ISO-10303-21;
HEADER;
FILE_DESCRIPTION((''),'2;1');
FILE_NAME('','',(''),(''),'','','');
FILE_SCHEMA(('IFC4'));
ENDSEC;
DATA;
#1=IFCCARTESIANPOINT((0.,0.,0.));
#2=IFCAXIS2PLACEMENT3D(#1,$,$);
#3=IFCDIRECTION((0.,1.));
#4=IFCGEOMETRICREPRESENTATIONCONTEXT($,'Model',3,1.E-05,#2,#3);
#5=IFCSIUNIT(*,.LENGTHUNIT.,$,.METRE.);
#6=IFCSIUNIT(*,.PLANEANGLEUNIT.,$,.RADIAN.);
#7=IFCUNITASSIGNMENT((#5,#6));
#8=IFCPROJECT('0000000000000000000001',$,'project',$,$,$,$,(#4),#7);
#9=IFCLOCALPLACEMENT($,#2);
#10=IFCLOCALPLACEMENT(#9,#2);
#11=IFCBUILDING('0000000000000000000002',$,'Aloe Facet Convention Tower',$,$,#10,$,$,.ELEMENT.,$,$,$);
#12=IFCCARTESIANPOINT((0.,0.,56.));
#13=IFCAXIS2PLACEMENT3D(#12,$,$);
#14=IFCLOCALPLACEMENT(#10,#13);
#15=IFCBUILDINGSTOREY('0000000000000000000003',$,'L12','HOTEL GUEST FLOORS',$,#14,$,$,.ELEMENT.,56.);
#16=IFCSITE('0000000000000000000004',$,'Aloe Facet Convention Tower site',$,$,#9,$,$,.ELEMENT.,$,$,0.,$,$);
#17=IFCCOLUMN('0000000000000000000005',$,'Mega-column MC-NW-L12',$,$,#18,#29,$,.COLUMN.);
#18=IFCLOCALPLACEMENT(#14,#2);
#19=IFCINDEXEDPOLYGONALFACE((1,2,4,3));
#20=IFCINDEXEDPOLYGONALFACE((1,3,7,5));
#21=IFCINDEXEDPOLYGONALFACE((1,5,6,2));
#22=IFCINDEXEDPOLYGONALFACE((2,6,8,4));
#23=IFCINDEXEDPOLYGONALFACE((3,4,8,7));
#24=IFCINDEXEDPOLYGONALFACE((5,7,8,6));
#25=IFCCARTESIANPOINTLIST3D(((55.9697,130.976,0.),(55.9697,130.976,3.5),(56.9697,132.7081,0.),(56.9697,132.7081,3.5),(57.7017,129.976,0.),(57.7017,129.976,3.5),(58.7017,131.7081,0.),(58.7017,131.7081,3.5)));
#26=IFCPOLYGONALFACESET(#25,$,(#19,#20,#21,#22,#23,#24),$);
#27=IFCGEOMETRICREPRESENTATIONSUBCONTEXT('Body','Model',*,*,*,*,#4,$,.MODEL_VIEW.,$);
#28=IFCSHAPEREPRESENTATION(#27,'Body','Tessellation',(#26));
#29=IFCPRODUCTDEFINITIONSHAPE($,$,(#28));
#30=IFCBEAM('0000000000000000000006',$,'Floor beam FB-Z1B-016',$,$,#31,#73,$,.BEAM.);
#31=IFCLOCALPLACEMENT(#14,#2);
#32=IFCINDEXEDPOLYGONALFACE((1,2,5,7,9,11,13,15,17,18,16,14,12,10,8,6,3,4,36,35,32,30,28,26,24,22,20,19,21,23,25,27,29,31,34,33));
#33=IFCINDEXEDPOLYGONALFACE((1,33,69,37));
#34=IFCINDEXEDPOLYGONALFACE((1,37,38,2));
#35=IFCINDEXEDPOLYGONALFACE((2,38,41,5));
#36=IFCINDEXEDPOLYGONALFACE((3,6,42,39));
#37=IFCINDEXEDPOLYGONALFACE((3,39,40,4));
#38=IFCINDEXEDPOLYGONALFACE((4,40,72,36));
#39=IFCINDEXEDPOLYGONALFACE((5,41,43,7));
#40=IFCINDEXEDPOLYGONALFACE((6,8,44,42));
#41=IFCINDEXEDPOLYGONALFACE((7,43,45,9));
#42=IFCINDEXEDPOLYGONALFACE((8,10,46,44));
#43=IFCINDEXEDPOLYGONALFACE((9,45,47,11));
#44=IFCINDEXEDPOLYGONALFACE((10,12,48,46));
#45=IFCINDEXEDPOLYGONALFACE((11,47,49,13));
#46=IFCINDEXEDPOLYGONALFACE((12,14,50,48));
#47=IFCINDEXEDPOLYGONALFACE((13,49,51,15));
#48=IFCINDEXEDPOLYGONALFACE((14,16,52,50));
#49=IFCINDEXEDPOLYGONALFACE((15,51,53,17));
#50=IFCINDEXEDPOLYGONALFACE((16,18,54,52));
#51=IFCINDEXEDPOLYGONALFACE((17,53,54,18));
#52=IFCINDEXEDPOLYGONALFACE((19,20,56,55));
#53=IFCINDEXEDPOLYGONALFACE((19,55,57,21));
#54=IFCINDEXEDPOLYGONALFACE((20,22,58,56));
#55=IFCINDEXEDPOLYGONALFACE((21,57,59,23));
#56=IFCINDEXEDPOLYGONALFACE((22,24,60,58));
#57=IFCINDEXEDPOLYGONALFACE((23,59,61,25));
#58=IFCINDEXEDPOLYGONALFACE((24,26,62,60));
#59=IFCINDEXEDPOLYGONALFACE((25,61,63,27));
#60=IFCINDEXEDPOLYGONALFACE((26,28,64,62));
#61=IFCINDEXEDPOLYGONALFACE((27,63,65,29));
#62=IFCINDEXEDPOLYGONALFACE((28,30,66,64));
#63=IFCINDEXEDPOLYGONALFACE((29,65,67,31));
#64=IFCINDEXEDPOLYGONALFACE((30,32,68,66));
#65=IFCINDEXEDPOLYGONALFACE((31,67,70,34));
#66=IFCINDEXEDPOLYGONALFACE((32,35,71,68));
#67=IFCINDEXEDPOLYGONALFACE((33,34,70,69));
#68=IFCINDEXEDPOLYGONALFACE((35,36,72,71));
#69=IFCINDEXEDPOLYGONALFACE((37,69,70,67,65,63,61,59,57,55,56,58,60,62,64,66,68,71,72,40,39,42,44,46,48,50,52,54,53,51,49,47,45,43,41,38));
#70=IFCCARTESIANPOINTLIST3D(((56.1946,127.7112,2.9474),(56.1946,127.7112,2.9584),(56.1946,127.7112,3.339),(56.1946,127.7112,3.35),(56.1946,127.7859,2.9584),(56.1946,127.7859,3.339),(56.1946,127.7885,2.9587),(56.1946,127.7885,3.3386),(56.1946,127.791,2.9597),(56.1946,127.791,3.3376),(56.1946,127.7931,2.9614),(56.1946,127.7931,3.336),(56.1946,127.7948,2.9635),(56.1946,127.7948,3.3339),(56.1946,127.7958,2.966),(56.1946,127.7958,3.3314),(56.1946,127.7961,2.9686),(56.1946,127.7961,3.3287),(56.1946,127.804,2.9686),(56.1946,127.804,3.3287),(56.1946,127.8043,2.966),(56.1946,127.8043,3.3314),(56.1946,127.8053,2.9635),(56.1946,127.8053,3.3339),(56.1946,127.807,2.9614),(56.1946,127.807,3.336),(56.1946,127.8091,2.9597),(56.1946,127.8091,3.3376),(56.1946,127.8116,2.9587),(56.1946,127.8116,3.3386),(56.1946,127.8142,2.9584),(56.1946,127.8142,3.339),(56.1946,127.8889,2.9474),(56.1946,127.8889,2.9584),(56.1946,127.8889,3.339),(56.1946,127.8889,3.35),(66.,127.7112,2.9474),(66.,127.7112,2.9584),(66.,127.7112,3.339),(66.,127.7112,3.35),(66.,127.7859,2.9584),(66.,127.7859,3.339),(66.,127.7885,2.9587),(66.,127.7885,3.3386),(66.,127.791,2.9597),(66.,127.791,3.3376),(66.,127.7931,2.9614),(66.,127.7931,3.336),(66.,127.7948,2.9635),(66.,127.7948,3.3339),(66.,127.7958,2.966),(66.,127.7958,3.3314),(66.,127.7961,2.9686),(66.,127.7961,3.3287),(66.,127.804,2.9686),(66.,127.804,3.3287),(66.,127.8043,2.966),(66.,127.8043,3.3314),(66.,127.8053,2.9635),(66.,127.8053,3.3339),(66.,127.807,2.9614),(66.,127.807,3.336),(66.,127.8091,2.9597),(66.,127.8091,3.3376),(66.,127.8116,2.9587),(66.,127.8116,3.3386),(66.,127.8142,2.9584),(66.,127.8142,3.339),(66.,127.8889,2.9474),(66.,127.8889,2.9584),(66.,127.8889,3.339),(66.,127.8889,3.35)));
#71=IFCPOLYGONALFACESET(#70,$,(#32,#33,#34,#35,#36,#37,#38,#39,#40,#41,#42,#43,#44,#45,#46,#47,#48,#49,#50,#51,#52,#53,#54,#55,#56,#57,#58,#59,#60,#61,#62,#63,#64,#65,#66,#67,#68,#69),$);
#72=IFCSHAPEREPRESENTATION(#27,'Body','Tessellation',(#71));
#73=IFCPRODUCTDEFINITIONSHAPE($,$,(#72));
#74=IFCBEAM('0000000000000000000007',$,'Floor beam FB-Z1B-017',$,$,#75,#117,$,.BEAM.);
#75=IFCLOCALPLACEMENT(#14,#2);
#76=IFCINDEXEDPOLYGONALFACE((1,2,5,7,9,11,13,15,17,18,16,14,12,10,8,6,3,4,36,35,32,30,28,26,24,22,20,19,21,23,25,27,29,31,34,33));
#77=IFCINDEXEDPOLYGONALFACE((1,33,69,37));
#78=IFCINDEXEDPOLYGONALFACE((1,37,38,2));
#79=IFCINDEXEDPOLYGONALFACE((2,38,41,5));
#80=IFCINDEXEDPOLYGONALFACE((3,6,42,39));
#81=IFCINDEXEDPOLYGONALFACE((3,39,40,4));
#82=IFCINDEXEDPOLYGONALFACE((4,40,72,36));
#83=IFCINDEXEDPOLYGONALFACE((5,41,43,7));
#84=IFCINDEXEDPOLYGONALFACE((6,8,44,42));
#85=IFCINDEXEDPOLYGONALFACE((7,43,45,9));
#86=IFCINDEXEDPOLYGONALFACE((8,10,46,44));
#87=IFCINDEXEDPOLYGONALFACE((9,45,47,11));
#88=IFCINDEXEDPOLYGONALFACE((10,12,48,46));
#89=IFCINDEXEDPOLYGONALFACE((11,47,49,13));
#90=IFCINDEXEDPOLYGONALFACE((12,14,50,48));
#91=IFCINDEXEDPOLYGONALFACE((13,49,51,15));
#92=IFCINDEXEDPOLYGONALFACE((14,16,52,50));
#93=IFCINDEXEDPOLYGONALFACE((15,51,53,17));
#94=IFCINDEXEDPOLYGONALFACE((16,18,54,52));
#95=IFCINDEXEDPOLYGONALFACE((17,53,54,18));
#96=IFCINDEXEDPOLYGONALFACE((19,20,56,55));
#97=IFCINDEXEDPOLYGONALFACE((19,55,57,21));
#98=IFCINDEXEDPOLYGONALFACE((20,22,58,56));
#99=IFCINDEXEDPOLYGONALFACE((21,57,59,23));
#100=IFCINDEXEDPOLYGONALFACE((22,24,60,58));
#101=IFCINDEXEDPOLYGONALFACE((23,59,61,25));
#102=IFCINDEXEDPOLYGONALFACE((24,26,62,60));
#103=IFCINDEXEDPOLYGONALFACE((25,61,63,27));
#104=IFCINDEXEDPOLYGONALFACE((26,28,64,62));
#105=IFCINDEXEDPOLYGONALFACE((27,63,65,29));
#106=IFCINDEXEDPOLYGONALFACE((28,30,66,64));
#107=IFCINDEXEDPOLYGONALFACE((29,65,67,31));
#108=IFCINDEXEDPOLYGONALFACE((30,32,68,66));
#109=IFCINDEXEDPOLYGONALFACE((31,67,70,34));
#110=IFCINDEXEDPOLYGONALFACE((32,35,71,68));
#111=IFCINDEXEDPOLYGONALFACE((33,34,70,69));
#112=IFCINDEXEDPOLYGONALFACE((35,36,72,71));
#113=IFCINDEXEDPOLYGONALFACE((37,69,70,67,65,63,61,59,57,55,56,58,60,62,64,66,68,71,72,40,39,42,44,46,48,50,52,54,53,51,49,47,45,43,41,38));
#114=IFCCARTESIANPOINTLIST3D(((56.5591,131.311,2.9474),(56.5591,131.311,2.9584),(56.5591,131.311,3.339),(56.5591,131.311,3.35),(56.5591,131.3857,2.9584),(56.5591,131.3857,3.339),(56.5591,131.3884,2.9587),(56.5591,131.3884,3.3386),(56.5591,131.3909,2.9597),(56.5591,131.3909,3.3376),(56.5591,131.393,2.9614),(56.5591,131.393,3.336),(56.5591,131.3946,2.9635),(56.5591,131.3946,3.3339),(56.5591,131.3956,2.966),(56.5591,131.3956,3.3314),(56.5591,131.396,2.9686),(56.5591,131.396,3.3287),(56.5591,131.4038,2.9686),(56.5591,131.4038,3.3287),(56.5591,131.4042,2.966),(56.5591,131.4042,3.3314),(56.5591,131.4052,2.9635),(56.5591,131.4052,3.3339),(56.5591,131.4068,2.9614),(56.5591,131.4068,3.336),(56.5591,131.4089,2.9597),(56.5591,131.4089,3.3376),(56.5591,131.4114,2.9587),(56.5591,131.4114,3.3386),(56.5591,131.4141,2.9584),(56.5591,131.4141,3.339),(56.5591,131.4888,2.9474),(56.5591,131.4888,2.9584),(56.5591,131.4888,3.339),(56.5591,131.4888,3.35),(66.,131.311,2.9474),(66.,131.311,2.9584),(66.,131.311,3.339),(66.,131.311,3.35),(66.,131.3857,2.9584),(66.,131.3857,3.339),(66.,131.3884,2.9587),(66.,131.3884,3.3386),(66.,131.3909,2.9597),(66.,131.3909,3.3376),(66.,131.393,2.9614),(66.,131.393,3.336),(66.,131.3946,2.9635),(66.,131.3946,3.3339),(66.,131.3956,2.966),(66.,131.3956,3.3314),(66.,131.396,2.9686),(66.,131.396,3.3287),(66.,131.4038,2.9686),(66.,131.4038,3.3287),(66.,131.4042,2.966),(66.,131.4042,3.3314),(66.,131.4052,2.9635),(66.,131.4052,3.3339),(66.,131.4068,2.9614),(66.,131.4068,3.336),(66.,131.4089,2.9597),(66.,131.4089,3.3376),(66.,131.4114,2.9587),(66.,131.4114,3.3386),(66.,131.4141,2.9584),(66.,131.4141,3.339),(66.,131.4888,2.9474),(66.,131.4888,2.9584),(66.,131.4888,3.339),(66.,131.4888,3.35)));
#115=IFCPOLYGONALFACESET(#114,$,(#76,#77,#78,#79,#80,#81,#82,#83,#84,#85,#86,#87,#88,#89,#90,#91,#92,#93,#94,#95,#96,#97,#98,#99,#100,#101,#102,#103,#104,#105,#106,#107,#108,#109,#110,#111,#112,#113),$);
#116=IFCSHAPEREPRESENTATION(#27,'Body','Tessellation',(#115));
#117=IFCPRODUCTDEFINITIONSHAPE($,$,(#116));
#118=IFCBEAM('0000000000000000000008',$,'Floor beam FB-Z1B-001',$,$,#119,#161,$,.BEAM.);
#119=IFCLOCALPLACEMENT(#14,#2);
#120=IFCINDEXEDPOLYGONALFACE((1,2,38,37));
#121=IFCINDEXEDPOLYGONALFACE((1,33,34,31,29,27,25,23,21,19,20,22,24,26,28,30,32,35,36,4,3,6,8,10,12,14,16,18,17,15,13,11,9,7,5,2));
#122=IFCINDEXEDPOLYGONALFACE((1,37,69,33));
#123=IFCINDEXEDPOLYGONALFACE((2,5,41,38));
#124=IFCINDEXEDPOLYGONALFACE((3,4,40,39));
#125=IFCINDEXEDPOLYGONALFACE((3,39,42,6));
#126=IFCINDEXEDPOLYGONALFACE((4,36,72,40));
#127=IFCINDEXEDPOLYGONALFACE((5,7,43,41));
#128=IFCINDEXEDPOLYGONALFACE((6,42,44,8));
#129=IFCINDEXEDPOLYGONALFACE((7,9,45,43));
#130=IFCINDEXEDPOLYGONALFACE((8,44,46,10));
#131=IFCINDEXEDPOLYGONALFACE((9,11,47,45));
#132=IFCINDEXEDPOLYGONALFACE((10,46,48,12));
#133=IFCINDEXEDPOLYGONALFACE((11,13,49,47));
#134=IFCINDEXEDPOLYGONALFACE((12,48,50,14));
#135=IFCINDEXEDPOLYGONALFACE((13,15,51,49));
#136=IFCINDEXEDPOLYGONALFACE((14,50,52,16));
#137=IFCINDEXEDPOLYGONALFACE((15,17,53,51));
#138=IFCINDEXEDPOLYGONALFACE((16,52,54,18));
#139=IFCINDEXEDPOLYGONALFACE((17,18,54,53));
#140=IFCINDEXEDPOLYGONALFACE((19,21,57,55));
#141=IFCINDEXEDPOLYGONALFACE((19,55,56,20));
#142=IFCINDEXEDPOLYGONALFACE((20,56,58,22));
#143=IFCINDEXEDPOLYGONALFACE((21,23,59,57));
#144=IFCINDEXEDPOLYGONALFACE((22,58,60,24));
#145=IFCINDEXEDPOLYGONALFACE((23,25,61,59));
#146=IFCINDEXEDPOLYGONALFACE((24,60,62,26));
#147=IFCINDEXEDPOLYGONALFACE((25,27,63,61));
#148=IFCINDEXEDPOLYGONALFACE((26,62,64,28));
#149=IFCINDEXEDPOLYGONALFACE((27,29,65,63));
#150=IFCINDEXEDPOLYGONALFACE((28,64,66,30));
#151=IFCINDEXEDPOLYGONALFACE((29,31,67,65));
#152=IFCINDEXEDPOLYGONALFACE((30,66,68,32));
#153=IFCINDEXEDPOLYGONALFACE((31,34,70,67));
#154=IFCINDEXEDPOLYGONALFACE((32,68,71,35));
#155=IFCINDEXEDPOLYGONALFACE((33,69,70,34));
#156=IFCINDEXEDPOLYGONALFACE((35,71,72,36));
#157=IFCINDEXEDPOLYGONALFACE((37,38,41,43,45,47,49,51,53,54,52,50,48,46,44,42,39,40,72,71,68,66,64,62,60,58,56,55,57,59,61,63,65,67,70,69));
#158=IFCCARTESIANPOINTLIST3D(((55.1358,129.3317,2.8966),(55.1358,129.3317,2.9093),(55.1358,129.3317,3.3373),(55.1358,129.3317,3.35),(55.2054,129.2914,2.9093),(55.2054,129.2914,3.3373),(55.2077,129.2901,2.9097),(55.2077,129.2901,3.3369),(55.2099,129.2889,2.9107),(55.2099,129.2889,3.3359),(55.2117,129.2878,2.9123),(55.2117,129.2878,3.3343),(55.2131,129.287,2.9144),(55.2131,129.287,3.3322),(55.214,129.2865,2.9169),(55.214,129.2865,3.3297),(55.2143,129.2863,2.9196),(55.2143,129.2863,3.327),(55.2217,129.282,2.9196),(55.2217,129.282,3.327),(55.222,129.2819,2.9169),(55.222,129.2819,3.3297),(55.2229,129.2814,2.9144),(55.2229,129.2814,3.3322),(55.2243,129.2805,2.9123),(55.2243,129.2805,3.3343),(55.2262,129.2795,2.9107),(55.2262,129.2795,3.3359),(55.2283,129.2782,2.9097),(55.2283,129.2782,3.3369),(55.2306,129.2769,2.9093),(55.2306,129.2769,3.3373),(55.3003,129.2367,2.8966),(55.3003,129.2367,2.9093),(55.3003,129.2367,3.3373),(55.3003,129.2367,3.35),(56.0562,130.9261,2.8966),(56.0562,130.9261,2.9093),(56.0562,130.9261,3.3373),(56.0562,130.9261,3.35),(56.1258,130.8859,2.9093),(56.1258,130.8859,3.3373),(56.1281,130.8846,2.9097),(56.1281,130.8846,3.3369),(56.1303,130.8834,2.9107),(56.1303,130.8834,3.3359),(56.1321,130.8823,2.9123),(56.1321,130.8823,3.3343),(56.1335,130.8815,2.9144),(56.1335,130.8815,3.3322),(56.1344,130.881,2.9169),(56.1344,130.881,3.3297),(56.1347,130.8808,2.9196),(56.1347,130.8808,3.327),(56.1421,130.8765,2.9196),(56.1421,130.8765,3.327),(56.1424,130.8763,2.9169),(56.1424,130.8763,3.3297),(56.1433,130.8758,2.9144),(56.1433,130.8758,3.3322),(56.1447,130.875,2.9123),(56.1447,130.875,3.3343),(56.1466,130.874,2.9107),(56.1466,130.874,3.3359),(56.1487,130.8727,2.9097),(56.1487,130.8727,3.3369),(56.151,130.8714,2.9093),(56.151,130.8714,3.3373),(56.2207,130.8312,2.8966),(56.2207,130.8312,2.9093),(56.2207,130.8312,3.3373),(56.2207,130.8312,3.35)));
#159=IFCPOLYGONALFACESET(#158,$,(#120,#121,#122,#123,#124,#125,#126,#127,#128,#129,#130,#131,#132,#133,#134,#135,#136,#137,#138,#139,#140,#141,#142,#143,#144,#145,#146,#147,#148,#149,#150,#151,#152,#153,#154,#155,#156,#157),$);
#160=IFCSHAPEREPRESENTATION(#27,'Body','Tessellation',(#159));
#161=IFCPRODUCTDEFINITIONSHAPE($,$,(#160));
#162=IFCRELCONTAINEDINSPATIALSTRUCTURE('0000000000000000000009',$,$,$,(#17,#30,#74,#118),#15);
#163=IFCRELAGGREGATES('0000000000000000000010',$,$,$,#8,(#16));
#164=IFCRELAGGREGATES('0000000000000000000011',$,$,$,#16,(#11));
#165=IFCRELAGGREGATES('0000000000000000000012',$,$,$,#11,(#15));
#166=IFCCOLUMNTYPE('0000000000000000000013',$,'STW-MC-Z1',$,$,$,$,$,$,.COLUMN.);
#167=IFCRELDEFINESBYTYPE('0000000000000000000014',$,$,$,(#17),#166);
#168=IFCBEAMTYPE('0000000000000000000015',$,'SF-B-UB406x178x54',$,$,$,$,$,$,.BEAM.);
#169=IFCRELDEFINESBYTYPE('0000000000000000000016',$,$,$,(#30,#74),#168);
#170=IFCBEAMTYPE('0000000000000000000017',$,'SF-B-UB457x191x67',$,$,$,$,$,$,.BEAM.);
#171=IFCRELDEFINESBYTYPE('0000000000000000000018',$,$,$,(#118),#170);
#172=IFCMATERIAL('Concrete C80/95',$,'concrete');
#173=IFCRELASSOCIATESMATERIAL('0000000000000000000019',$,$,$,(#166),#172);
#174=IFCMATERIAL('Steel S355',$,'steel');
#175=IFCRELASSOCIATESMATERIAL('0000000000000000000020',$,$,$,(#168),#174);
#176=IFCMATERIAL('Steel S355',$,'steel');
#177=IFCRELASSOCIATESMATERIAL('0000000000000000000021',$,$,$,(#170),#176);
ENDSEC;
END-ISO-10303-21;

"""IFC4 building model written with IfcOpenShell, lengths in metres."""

from ifc_helpers import new_model, si_unit, direction, frame, origin, origin_2d, place, context, subcontext, project, spatial, rectangle, i_section, extrude, material, material_profile, profile_set, type_object, element, save


model = new_model("IFC4")

# Units and contexts
model_context = context("Model", 3, precision=1e-05, world=origin(), true_north=direction((0.0, 1.0)))
body_context = subcontext(model_context, "Body", "Model", "MODEL_VIEW")
ifc_project = project(units=[si_unit("LENGTHUNIT", "METRE"), si_unit("PLANEANGLEUNIT", "RADIAN")], contexts=[model_context])

# Site, building, storey
site_placement = place(None, origin())
site = spatial("IfcSite", under=ifc_project, at=site_placement, Name="Aloe Facet Convention Tower site", CompositionType="ELEMENT", RefElevation=0.0)
building_placement = place(site_placement, origin())
building = spatial("IfcBuilding", under=site, at=building_placement, Name="Aloe Facet Convention Tower", CompositionType="ELEMENT")
storey_placement = place(building_placement, frame((0.0, 0.0, 56.0)))
storey = spatial("IfcBuildingStorey", under=building, at=storey_placement, Name="L12", Description="HOTEL GUEST FLOORS", CompositionType="ELEMENT", Elevation=56.0)

# Column
ifc_material_1 = material(Name="Concrete C80/95", Category="concrete")
ifc_material_profile_1 = material_profile(ifc_material_1, rectangle(XDim=2.0, YDim=2.0, at=origin_2d()), Name="STW-MC-Z1")
ifc_profile_set_1 = profile_set([ifc_material_profile_1], Name="Concrete C80/95")
column_type = type_object("IfcColumnType", Name="STW-MC-Z1", PredefinedType="COLUMN", material=ifc_profile_set_1)
column_placement = place(storey_placement, frame((57.3357, 131.342, 0.0), z_axis=(0.0, 0.0, 1.0), x_axis=(-0.5, -0.866025, 0.0)))
element("IfcColumn", 1, at=column_placement, inside=storey, type_object=column_type, Name="Mega-column MC-NW-L12", PredefinedType="COLUMN", context=body_context, shape_type="SweptSolid", body=[
    extrude(rectangle(XDim=2.0, YDim=2.0, at=origin_2d()), origin(), (0.0, 0.0, 1.0), 3.5),
])

# Beams
ifc_material_2 = material(Name="Steel S355", Category="steel")
ifc_material_profile_2 = material_profile(ifc_material_2, i_section(OverallWidth=0.1777, OverallDepth=0.4026, WebThickness=0.0078, FlangeThickness=0.011, FilletRadius=0.0103, at=origin_2d()), Name="UB 406x178x54")
ifc_profile_set_2 = profile_set([ifc_material_profile_2], Name="Steel S355")
beam_type_1 = type_object("IfcBeamType", Name="SF-B-UB406x178x54", PredefinedType="BEAM", material=ifc_profile_set_2)
beam_1_placement = place(storey_placement, frame((56.1946, 127.8, 3.1487), z_axis=(1.0, 0.0, 0.0), x_axis=(0.0, 1.0, 0.0)))
element("IfcBeam", 2, at=beam_1_placement, inside=storey, type_object=beam_type_1, Name="Floor beam FB-Z1B-016", PredefinedType="BEAM", context=body_context, shape_type="SweptSolid", body=[
    extrude(i_section(OverallWidth=0.1777, OverallDepth=0.4026, WebThickness=0.0078, FlangeThickness=0.011, FilletRadius=0.0103, at=origin_2d()), origin(), (0.0, 0.0, 1.0), 9.8054),
])
beam_2_placement = place(storey_placement, frame((56.5591, 131.3999, 3.1487), z_axis=(1.0, 0.0, 0.0), x_axis=(0.0, 1.0, 0.0)))
element("IfcBeam", 3, at=beam_2_placement, inside=storey, type_object=beam_type_1, Name="Floor beam FB-Z1B-017", PredefinedType="BEAM", context=body_context, shape_type="SweptSolid", body=[
    extrude(i_section(OverallWidth=0.1777, OverallDepth=0.4026, WebThickness=0.0078, FlangeThickness=0.011, FilletRadius=0.0103, at=origin_2d()), origin(), (0.0, 0.0, 1.0), 9.4409),
])
ifc_material_3 = material(Name="Steel S355", Category="steel")
ifc_material_profile_3 = material_profile(ifc_material_3, i_section(OverallWidth=0.1899, OverallDepth=0.4534, WebThickness=0.0085, FlangeThickness=0.0127, FilletRadius=0.0103, at=origin_2d()), Name="UB 457x191x67")
ifc_profile_set_3 = profile_set([ifc_material_profile_3], Name="Steel S355")
beam_type_2 = type_object("IfcBeamType", Name="SF-B-UB457x191x67", PredefinedType="BEAM", material=ifc_profile_set_3)
beam_3_placement = place(storey_placement, frame((55.218, 129.2842, 3.1233), z_axis=(0.499933, 0.866064, 0.0), x_axis=(-0.866064, 0.499933, 0.0)))
element("IfcBeam", 4, at=beam_3_placement, inside=storey, type_object=beam_type_2, Name="Floor beam FB-Z1B-001", PredefinedType="BEAM", context=body_context, shape_type="SweptSolid", body=[
    extrude(i_section(OverallWidth=0.1899, OverallDepth=0.4534, WebThickness=0.0085, FlangeThickness=0.0127, FilletRadius=0.0103, at=origin_2d()), origin(), (0.0, 0.0, 1.0), 1.8411),
])

save(model, "model.ifc")
